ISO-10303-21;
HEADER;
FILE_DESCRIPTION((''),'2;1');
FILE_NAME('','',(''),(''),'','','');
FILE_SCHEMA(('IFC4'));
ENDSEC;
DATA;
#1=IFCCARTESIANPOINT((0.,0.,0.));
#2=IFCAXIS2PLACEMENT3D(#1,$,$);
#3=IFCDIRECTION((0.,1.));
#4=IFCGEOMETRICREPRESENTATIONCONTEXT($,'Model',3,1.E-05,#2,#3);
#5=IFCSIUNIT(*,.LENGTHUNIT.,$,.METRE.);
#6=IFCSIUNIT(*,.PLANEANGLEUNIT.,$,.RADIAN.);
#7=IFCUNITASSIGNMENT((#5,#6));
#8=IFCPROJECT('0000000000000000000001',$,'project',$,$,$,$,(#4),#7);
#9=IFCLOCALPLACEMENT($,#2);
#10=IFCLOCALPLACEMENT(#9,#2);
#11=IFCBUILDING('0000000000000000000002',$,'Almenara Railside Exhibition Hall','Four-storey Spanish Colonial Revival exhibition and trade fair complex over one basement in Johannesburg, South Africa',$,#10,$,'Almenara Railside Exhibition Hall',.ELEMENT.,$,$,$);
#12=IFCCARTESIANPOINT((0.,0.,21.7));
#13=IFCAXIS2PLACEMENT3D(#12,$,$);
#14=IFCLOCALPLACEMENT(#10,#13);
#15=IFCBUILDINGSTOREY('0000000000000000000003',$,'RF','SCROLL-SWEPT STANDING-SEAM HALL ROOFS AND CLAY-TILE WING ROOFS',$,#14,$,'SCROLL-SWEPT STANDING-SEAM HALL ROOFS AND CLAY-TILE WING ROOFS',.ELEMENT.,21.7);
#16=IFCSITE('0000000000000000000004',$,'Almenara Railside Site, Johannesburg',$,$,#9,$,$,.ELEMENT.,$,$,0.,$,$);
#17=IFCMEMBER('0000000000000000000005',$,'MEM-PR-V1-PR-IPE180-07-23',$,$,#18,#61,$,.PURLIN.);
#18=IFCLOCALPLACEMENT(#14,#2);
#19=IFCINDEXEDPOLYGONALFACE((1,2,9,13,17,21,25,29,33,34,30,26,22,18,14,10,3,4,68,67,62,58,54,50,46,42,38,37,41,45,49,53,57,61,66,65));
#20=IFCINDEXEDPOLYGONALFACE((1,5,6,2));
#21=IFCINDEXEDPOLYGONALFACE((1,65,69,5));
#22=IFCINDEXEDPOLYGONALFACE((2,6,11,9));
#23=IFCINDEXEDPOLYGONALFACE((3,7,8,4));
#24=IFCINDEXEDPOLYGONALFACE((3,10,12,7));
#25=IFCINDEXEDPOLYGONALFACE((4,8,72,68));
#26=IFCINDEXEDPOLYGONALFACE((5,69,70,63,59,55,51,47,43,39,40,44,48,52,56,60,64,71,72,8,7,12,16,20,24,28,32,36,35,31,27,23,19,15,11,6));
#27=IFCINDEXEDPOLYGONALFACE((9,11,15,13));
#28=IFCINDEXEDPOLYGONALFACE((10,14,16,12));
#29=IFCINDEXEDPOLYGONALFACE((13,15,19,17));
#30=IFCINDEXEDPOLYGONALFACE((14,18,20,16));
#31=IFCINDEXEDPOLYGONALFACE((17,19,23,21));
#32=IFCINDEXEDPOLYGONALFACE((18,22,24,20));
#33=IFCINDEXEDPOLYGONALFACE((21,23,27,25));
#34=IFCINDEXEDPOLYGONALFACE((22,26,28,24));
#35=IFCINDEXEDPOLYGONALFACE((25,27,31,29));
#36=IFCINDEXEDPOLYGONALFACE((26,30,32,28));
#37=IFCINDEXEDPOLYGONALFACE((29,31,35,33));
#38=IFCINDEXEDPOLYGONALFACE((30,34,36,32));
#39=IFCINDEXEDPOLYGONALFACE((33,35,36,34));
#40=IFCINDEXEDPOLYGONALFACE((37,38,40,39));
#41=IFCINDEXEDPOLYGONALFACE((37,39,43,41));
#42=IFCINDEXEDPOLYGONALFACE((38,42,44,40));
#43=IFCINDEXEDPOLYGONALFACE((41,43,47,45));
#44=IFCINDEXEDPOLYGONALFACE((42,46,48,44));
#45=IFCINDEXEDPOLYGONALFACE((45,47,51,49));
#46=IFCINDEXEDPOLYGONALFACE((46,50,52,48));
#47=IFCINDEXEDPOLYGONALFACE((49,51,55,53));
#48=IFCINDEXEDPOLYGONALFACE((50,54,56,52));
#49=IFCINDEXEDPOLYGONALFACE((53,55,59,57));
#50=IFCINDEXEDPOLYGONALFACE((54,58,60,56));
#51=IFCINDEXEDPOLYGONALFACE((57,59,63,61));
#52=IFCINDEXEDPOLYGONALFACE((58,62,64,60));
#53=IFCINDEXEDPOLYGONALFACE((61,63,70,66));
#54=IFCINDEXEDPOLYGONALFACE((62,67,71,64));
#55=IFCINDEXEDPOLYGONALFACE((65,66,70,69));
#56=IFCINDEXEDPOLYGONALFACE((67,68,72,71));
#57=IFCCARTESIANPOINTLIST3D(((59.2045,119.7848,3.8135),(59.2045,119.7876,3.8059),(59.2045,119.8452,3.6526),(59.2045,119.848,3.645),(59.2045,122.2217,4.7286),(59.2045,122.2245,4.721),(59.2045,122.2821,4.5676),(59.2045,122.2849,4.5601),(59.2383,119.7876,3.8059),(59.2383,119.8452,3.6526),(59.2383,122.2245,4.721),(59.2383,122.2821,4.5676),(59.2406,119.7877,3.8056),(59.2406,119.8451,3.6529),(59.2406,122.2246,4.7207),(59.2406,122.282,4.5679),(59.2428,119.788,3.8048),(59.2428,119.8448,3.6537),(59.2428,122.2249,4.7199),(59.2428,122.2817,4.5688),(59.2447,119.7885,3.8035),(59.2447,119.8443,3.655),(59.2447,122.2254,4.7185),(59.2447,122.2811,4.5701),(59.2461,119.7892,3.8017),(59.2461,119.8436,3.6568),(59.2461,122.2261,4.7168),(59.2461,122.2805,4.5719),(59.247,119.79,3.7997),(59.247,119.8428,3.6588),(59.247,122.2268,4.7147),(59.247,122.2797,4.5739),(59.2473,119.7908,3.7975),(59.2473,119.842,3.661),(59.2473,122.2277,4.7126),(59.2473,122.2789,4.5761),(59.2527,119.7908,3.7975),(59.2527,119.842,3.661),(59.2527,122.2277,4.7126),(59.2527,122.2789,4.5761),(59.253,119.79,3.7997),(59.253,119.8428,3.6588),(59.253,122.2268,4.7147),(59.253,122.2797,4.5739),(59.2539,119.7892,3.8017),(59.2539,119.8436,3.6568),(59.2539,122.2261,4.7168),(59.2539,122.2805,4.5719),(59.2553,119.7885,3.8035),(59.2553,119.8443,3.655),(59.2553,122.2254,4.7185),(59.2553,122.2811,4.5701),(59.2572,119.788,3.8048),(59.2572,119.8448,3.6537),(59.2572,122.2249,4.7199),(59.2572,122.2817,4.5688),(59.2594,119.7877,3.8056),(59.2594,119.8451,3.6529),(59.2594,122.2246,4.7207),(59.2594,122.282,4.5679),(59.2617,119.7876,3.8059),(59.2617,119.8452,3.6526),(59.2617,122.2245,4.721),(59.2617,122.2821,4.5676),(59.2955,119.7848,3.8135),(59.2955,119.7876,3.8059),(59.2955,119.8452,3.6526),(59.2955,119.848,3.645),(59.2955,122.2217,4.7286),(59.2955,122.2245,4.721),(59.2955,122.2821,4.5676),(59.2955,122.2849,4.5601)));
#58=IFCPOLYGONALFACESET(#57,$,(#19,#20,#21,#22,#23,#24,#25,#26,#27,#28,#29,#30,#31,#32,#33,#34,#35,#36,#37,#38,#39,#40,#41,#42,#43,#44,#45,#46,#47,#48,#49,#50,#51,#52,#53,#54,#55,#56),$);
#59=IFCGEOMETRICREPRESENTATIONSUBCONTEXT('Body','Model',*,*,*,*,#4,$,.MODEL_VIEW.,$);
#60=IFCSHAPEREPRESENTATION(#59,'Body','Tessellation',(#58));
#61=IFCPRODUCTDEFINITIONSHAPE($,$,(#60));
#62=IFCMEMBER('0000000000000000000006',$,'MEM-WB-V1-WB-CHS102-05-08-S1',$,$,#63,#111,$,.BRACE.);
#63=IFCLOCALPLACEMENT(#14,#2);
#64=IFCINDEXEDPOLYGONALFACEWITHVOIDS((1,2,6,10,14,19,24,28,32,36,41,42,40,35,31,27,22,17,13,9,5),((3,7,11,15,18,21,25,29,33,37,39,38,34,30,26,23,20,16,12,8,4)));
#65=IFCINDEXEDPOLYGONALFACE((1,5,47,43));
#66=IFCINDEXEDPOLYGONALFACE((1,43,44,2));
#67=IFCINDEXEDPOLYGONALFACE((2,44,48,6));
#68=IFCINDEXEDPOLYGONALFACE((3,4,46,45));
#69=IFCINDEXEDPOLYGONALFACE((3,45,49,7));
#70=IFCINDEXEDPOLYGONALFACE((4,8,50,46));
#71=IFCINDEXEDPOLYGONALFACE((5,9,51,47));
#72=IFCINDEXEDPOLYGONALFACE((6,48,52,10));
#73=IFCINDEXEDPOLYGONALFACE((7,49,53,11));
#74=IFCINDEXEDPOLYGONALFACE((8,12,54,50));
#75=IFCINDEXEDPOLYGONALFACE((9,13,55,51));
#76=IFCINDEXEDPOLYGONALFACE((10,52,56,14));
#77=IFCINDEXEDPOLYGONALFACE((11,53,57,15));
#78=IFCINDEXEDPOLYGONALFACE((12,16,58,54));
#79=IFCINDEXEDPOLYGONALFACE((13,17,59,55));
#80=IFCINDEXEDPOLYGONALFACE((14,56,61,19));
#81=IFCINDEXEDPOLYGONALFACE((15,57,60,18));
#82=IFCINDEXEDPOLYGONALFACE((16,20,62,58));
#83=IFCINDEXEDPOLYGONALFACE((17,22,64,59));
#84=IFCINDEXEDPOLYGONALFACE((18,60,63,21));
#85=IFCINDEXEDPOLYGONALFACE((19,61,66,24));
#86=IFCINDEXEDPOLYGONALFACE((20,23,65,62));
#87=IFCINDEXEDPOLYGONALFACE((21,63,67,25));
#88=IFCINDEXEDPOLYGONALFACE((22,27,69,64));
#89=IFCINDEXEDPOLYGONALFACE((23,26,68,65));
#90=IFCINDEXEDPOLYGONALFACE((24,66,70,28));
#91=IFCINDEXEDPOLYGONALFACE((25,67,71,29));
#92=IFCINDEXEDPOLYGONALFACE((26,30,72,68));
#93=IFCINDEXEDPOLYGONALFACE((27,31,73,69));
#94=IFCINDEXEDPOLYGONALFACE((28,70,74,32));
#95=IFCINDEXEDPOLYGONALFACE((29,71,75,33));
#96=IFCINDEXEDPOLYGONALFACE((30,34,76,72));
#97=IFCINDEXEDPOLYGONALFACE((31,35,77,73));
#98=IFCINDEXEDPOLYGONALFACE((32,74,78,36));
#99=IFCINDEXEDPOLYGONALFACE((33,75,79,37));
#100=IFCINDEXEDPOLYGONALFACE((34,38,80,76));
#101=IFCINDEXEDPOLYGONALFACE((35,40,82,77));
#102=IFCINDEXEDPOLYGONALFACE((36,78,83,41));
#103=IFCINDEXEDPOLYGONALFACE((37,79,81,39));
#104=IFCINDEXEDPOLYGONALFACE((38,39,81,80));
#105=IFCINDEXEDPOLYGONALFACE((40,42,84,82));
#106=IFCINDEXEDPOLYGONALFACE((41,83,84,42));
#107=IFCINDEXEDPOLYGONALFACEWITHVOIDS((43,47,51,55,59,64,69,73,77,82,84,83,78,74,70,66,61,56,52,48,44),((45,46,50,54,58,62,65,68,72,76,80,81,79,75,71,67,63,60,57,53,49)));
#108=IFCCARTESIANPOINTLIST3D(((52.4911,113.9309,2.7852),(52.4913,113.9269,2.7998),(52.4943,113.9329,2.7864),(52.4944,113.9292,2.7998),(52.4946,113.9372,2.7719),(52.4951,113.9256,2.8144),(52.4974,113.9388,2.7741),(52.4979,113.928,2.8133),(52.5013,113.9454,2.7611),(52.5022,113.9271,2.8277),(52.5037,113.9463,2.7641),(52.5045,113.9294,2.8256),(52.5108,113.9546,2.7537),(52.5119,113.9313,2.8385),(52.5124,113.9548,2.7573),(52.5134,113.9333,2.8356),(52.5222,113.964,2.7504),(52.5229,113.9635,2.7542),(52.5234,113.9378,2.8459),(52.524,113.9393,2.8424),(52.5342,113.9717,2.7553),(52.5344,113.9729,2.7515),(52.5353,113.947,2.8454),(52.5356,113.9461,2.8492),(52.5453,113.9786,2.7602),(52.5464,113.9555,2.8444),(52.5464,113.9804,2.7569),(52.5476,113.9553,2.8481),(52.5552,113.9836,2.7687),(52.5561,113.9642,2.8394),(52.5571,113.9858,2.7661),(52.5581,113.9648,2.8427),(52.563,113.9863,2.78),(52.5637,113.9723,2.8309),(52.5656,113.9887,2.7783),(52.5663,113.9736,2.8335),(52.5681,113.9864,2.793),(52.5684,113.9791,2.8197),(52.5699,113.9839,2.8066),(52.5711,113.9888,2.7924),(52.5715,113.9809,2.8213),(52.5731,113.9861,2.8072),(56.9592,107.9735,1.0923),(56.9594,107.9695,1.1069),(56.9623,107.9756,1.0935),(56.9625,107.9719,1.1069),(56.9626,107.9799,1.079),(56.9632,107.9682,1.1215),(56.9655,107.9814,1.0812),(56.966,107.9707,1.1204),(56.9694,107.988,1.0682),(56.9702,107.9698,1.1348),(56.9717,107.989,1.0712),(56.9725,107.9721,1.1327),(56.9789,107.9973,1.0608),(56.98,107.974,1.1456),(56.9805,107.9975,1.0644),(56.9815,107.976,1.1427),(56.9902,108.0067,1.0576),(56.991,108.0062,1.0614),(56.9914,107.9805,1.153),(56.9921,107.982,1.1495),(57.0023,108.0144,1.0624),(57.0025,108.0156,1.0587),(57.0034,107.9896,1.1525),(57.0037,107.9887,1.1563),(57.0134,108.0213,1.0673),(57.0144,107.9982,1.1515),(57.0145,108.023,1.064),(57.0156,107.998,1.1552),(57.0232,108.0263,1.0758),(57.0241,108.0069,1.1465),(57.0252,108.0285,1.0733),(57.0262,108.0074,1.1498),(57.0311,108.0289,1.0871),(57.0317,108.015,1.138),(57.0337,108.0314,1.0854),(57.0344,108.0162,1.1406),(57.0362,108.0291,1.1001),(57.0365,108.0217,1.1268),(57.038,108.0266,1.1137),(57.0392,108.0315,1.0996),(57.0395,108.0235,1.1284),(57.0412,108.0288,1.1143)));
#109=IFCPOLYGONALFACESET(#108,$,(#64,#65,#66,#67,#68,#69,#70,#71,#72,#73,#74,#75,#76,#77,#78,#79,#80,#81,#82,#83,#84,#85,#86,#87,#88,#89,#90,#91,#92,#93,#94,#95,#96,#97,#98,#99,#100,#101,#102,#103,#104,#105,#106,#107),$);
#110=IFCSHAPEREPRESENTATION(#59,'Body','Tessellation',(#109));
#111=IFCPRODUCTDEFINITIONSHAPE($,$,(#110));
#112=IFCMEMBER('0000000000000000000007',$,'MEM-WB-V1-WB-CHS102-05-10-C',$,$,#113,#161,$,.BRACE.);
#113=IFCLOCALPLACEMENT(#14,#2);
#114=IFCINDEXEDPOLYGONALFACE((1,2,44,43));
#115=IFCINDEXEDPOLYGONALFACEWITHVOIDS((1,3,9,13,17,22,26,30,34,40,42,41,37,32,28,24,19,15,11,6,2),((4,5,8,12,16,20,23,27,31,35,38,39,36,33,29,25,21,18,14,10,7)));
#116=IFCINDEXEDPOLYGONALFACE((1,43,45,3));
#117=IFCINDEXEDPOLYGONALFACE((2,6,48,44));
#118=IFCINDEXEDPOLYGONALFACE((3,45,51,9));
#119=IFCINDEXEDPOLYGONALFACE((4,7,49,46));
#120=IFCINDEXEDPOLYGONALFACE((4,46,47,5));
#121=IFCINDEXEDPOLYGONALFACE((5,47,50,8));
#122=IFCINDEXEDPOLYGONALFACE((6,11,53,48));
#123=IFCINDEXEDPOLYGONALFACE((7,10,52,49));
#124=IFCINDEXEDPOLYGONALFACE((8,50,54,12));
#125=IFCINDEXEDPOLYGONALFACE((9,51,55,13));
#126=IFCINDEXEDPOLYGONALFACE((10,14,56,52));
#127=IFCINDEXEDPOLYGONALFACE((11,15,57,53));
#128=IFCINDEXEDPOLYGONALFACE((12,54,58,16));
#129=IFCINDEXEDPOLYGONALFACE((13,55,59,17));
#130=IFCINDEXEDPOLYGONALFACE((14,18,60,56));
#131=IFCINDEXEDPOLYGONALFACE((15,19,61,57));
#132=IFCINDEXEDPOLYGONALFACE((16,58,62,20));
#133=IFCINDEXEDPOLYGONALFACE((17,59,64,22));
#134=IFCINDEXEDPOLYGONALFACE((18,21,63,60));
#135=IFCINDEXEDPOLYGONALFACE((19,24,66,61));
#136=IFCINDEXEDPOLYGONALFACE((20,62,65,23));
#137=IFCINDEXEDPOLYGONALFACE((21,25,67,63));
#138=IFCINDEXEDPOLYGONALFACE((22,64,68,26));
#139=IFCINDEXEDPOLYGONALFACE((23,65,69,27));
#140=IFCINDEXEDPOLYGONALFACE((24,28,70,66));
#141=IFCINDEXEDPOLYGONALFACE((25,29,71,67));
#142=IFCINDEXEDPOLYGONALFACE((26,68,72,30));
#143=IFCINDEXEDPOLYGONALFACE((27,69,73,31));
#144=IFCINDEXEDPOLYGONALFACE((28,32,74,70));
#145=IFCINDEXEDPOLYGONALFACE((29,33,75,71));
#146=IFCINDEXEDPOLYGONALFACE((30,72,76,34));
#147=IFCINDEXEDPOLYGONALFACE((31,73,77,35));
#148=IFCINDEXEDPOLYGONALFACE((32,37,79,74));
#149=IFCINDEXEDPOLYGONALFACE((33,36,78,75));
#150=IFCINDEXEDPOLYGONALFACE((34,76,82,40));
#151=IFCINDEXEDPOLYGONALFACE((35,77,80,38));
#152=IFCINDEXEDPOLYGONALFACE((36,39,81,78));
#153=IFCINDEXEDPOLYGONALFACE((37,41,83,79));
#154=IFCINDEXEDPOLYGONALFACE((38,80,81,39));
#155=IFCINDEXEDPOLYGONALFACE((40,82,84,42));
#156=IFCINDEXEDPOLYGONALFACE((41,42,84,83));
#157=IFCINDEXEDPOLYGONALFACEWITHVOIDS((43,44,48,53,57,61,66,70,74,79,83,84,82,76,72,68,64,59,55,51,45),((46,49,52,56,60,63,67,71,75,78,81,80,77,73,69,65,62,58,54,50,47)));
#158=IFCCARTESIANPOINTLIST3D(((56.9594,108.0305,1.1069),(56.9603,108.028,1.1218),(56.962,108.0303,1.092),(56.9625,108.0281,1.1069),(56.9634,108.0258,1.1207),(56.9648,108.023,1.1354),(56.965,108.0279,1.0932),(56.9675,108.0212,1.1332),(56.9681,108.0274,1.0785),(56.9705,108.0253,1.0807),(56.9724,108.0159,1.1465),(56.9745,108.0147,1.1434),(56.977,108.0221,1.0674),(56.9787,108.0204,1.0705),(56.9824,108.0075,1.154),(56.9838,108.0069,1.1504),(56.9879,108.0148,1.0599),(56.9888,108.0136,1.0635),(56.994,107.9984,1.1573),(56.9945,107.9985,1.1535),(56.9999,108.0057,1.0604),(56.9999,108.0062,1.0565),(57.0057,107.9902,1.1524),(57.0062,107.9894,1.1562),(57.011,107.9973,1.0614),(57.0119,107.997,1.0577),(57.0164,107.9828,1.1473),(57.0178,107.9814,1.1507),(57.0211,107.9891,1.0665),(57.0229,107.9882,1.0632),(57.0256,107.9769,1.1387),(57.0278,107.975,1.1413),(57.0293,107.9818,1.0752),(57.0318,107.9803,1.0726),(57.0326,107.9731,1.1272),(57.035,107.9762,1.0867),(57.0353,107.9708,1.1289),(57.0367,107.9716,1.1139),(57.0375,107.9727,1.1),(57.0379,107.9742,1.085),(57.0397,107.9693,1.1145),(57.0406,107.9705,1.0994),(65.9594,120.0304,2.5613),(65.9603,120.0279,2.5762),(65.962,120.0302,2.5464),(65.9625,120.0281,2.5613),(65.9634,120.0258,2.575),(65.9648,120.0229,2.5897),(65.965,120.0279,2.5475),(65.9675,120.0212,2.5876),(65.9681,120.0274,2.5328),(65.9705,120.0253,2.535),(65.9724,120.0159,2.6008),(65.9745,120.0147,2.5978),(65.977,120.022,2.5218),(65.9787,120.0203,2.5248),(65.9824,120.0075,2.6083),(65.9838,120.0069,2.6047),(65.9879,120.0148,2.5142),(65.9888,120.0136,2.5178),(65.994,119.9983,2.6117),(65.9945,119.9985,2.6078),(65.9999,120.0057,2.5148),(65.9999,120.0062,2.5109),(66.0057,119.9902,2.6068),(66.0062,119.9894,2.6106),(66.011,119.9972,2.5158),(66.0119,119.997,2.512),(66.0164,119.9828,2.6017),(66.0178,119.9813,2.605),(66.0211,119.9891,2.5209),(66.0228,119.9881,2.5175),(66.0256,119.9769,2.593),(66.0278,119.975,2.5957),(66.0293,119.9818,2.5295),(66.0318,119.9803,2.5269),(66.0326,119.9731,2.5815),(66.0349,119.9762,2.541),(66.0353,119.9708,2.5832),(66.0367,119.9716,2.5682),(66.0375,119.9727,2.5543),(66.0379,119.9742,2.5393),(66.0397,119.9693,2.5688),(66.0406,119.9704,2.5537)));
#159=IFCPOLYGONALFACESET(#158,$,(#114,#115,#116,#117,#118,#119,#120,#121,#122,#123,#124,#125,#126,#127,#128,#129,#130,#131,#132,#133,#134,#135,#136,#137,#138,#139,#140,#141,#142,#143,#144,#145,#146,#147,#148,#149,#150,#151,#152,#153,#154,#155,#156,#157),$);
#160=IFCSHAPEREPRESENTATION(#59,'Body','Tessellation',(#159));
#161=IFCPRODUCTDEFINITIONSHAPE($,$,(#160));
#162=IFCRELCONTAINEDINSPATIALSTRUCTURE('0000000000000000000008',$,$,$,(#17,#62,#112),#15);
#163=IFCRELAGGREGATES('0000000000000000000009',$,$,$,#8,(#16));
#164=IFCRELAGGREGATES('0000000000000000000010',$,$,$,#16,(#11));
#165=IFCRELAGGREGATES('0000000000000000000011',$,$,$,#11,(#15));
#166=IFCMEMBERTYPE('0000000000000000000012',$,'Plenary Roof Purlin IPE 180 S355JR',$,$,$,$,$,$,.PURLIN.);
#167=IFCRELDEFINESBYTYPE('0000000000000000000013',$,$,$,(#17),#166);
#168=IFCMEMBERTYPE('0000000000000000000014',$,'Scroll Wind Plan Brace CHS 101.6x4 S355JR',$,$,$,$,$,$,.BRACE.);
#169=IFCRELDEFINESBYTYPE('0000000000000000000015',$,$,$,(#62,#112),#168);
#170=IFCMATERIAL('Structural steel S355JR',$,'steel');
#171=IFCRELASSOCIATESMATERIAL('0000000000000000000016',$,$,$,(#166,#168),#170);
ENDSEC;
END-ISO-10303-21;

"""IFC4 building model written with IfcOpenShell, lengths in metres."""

from ifc_helpers import new_model, si_unit, direction, frame, origin, origin_2d, place, context, subcontext, project, spatial, hollow_circle, i_section, extrude, material, material_profile, profile_set, type_object, element, save


model = new_model("IFC4")

# Units and contexts
model_context = context("Model", 3, precision=1e-05, world=origin(), true_north=direction((0.0, 1.0)))
body_context = subcontext(model_context, "Body", "Model", "MODEL_VIEW")
ifc_project = project(units=[si_unit("LENGTHUNIT", "METRE"), si_unit("PLANEANGLEUNIT", "RADIAN")], contexts=[model_context])

# Site, building, storey
site_placement = place(None, origin())
site = spatial("IfcSite", under=ifc_project, at=site_placement, Name="Almenara Railside Site, Johannesburg", CompositionType="ELEMENT", RefElevation=0.0)
building_placement = place(site_placement, origin())
building = spatial("IfcBuilding", under=site, at=building_placement, Name="Almenara Railside Exhibition Hall", Description="Four-storey Spanish Colonial Revival exhibition and trade fair complex over one basement in Johannesburg, South Africa", LongName="Almenara Railside Exhibition Hall", CompositionType="ELEMENT")
storey_placement = place(building_placement, frame((0.0, 0.0, 21.7)))
storey = spatial("IfcBuildingStorey", under=building, at=storey_placement, Name="RF", Description="SCROLL-SWEPT STANDING-SEAM HALL ROOFS AND CLAY-TILE WING ROOFS", LongName="SCROLL-SWEPT STANDING-SEAM HALL ROOFS AND CLAY-TILE WING ROOFS", CompositionType="ELEMENT", Elevation=21.7)

# Shared definitions
ifc_material_1 = material(Name="Structural steel S355JR", Category="steel")

# Members
ifc_material_profile_1 = material_profile(ifc_material_1, i_section(OverallWidth=0.0911, OverallDepth=0.1799, WebThickness=0.0054, FlangeThickness=0.0081, FilletRadius=0.009, at=origin_2d()), Name="IPE 180")
ifc_profile_set_1 = profile_set([ifc_material_profile_1], Name="Structural steel S355JR")
member_type_1 = type_object("IfcMemberType", Name="Plenary Roof Purlin IPE 180 S355JR", PredefinedType="PURLIN", material=ifc_profile_set_1)
member_1_placement = place(storey_placement, frame((59.25, 119.8164, 3.7292), z_axis=(0.0, 0.936171, 0.351545), x_axis=(-1.0, 0.0, 0.0)))
element("IfcMember", 1, at=member_1_placement, inside=storey, type_object=member_type_1, Name="MEM-PR-V1-PR-IPE180-07-23", PredefinedType="PURLIN", context=body_context, shape_type="SweptSolid", body=[
    extrude(i_section(OverallWidth=0.0911, OverallDepth=0.1799, WebThickness=0.0054, FlangeThickness=0.0081, FilletRadius=0.009, at=origin_2d()), origin(), (0.0, 0.0, 1.0), 2.603),
])
ifc_material_profile_2 = material_profile(ifc_material_1, hollow_circle(Radius=0.0508, WallThickness=0.0039, at=origin_2d()), Name="CHS 101.6x4")
ifc_profile_set_2 = profile_set([ifc_material_profile_2], Name="Structural steel S355JR")
member_type_2 = type_object("IfcMemberType", Name="Scroll Wind Plan Brace CHS 101.6x4 S355JR", PredefinedType="BRACE", material=ifc_profile_set_2)
member_2_placement = place(storey_placement, frame((57.0, 108.0, 1.1069), z_axis=(-0.585077, 0.780092, 0.221678), x_axis=(-0.799996, -0.600005, 0.0)))
element("IfcMember", 2, at=member_2_placement, inside=storey, type_object=member_type_2, Name="MEM-WB-V1-WB-CHS102-05-08-S1", PredefinedType="BRACE", context=body_context, shape_type="SweptSolid", body=[
    extrude(hollow_circle(Radius=0.0508, WallThickness=0.0039, at=origin_2d()), origin(), (0.0, 0.0, 1.0), 7.6367),
])
member_3_placement = place(storey_placement, frame((57.0, 108.0, 1.1069), z_axis=(0.5972, 0.796266, 0.096504), x_axis=(-0.8, 0.6, 0.0)))
element("IfcMember", 3, at=member_3_placement, inside=storey, type_object=member_type_2, Name="MEM-WB-V1-WB-CHS102-05-10-C", PredefinedType="BRACE", context=body_context, shape_type="SweptSolid", body=[
    extrude(hollow_circle(Radius=0.0508, WallThickness=0.0039, at=origin_2d()), origin(), (0.0, 0.0, 1.0), 15.0703),
])

save(model, "model.ifc")
